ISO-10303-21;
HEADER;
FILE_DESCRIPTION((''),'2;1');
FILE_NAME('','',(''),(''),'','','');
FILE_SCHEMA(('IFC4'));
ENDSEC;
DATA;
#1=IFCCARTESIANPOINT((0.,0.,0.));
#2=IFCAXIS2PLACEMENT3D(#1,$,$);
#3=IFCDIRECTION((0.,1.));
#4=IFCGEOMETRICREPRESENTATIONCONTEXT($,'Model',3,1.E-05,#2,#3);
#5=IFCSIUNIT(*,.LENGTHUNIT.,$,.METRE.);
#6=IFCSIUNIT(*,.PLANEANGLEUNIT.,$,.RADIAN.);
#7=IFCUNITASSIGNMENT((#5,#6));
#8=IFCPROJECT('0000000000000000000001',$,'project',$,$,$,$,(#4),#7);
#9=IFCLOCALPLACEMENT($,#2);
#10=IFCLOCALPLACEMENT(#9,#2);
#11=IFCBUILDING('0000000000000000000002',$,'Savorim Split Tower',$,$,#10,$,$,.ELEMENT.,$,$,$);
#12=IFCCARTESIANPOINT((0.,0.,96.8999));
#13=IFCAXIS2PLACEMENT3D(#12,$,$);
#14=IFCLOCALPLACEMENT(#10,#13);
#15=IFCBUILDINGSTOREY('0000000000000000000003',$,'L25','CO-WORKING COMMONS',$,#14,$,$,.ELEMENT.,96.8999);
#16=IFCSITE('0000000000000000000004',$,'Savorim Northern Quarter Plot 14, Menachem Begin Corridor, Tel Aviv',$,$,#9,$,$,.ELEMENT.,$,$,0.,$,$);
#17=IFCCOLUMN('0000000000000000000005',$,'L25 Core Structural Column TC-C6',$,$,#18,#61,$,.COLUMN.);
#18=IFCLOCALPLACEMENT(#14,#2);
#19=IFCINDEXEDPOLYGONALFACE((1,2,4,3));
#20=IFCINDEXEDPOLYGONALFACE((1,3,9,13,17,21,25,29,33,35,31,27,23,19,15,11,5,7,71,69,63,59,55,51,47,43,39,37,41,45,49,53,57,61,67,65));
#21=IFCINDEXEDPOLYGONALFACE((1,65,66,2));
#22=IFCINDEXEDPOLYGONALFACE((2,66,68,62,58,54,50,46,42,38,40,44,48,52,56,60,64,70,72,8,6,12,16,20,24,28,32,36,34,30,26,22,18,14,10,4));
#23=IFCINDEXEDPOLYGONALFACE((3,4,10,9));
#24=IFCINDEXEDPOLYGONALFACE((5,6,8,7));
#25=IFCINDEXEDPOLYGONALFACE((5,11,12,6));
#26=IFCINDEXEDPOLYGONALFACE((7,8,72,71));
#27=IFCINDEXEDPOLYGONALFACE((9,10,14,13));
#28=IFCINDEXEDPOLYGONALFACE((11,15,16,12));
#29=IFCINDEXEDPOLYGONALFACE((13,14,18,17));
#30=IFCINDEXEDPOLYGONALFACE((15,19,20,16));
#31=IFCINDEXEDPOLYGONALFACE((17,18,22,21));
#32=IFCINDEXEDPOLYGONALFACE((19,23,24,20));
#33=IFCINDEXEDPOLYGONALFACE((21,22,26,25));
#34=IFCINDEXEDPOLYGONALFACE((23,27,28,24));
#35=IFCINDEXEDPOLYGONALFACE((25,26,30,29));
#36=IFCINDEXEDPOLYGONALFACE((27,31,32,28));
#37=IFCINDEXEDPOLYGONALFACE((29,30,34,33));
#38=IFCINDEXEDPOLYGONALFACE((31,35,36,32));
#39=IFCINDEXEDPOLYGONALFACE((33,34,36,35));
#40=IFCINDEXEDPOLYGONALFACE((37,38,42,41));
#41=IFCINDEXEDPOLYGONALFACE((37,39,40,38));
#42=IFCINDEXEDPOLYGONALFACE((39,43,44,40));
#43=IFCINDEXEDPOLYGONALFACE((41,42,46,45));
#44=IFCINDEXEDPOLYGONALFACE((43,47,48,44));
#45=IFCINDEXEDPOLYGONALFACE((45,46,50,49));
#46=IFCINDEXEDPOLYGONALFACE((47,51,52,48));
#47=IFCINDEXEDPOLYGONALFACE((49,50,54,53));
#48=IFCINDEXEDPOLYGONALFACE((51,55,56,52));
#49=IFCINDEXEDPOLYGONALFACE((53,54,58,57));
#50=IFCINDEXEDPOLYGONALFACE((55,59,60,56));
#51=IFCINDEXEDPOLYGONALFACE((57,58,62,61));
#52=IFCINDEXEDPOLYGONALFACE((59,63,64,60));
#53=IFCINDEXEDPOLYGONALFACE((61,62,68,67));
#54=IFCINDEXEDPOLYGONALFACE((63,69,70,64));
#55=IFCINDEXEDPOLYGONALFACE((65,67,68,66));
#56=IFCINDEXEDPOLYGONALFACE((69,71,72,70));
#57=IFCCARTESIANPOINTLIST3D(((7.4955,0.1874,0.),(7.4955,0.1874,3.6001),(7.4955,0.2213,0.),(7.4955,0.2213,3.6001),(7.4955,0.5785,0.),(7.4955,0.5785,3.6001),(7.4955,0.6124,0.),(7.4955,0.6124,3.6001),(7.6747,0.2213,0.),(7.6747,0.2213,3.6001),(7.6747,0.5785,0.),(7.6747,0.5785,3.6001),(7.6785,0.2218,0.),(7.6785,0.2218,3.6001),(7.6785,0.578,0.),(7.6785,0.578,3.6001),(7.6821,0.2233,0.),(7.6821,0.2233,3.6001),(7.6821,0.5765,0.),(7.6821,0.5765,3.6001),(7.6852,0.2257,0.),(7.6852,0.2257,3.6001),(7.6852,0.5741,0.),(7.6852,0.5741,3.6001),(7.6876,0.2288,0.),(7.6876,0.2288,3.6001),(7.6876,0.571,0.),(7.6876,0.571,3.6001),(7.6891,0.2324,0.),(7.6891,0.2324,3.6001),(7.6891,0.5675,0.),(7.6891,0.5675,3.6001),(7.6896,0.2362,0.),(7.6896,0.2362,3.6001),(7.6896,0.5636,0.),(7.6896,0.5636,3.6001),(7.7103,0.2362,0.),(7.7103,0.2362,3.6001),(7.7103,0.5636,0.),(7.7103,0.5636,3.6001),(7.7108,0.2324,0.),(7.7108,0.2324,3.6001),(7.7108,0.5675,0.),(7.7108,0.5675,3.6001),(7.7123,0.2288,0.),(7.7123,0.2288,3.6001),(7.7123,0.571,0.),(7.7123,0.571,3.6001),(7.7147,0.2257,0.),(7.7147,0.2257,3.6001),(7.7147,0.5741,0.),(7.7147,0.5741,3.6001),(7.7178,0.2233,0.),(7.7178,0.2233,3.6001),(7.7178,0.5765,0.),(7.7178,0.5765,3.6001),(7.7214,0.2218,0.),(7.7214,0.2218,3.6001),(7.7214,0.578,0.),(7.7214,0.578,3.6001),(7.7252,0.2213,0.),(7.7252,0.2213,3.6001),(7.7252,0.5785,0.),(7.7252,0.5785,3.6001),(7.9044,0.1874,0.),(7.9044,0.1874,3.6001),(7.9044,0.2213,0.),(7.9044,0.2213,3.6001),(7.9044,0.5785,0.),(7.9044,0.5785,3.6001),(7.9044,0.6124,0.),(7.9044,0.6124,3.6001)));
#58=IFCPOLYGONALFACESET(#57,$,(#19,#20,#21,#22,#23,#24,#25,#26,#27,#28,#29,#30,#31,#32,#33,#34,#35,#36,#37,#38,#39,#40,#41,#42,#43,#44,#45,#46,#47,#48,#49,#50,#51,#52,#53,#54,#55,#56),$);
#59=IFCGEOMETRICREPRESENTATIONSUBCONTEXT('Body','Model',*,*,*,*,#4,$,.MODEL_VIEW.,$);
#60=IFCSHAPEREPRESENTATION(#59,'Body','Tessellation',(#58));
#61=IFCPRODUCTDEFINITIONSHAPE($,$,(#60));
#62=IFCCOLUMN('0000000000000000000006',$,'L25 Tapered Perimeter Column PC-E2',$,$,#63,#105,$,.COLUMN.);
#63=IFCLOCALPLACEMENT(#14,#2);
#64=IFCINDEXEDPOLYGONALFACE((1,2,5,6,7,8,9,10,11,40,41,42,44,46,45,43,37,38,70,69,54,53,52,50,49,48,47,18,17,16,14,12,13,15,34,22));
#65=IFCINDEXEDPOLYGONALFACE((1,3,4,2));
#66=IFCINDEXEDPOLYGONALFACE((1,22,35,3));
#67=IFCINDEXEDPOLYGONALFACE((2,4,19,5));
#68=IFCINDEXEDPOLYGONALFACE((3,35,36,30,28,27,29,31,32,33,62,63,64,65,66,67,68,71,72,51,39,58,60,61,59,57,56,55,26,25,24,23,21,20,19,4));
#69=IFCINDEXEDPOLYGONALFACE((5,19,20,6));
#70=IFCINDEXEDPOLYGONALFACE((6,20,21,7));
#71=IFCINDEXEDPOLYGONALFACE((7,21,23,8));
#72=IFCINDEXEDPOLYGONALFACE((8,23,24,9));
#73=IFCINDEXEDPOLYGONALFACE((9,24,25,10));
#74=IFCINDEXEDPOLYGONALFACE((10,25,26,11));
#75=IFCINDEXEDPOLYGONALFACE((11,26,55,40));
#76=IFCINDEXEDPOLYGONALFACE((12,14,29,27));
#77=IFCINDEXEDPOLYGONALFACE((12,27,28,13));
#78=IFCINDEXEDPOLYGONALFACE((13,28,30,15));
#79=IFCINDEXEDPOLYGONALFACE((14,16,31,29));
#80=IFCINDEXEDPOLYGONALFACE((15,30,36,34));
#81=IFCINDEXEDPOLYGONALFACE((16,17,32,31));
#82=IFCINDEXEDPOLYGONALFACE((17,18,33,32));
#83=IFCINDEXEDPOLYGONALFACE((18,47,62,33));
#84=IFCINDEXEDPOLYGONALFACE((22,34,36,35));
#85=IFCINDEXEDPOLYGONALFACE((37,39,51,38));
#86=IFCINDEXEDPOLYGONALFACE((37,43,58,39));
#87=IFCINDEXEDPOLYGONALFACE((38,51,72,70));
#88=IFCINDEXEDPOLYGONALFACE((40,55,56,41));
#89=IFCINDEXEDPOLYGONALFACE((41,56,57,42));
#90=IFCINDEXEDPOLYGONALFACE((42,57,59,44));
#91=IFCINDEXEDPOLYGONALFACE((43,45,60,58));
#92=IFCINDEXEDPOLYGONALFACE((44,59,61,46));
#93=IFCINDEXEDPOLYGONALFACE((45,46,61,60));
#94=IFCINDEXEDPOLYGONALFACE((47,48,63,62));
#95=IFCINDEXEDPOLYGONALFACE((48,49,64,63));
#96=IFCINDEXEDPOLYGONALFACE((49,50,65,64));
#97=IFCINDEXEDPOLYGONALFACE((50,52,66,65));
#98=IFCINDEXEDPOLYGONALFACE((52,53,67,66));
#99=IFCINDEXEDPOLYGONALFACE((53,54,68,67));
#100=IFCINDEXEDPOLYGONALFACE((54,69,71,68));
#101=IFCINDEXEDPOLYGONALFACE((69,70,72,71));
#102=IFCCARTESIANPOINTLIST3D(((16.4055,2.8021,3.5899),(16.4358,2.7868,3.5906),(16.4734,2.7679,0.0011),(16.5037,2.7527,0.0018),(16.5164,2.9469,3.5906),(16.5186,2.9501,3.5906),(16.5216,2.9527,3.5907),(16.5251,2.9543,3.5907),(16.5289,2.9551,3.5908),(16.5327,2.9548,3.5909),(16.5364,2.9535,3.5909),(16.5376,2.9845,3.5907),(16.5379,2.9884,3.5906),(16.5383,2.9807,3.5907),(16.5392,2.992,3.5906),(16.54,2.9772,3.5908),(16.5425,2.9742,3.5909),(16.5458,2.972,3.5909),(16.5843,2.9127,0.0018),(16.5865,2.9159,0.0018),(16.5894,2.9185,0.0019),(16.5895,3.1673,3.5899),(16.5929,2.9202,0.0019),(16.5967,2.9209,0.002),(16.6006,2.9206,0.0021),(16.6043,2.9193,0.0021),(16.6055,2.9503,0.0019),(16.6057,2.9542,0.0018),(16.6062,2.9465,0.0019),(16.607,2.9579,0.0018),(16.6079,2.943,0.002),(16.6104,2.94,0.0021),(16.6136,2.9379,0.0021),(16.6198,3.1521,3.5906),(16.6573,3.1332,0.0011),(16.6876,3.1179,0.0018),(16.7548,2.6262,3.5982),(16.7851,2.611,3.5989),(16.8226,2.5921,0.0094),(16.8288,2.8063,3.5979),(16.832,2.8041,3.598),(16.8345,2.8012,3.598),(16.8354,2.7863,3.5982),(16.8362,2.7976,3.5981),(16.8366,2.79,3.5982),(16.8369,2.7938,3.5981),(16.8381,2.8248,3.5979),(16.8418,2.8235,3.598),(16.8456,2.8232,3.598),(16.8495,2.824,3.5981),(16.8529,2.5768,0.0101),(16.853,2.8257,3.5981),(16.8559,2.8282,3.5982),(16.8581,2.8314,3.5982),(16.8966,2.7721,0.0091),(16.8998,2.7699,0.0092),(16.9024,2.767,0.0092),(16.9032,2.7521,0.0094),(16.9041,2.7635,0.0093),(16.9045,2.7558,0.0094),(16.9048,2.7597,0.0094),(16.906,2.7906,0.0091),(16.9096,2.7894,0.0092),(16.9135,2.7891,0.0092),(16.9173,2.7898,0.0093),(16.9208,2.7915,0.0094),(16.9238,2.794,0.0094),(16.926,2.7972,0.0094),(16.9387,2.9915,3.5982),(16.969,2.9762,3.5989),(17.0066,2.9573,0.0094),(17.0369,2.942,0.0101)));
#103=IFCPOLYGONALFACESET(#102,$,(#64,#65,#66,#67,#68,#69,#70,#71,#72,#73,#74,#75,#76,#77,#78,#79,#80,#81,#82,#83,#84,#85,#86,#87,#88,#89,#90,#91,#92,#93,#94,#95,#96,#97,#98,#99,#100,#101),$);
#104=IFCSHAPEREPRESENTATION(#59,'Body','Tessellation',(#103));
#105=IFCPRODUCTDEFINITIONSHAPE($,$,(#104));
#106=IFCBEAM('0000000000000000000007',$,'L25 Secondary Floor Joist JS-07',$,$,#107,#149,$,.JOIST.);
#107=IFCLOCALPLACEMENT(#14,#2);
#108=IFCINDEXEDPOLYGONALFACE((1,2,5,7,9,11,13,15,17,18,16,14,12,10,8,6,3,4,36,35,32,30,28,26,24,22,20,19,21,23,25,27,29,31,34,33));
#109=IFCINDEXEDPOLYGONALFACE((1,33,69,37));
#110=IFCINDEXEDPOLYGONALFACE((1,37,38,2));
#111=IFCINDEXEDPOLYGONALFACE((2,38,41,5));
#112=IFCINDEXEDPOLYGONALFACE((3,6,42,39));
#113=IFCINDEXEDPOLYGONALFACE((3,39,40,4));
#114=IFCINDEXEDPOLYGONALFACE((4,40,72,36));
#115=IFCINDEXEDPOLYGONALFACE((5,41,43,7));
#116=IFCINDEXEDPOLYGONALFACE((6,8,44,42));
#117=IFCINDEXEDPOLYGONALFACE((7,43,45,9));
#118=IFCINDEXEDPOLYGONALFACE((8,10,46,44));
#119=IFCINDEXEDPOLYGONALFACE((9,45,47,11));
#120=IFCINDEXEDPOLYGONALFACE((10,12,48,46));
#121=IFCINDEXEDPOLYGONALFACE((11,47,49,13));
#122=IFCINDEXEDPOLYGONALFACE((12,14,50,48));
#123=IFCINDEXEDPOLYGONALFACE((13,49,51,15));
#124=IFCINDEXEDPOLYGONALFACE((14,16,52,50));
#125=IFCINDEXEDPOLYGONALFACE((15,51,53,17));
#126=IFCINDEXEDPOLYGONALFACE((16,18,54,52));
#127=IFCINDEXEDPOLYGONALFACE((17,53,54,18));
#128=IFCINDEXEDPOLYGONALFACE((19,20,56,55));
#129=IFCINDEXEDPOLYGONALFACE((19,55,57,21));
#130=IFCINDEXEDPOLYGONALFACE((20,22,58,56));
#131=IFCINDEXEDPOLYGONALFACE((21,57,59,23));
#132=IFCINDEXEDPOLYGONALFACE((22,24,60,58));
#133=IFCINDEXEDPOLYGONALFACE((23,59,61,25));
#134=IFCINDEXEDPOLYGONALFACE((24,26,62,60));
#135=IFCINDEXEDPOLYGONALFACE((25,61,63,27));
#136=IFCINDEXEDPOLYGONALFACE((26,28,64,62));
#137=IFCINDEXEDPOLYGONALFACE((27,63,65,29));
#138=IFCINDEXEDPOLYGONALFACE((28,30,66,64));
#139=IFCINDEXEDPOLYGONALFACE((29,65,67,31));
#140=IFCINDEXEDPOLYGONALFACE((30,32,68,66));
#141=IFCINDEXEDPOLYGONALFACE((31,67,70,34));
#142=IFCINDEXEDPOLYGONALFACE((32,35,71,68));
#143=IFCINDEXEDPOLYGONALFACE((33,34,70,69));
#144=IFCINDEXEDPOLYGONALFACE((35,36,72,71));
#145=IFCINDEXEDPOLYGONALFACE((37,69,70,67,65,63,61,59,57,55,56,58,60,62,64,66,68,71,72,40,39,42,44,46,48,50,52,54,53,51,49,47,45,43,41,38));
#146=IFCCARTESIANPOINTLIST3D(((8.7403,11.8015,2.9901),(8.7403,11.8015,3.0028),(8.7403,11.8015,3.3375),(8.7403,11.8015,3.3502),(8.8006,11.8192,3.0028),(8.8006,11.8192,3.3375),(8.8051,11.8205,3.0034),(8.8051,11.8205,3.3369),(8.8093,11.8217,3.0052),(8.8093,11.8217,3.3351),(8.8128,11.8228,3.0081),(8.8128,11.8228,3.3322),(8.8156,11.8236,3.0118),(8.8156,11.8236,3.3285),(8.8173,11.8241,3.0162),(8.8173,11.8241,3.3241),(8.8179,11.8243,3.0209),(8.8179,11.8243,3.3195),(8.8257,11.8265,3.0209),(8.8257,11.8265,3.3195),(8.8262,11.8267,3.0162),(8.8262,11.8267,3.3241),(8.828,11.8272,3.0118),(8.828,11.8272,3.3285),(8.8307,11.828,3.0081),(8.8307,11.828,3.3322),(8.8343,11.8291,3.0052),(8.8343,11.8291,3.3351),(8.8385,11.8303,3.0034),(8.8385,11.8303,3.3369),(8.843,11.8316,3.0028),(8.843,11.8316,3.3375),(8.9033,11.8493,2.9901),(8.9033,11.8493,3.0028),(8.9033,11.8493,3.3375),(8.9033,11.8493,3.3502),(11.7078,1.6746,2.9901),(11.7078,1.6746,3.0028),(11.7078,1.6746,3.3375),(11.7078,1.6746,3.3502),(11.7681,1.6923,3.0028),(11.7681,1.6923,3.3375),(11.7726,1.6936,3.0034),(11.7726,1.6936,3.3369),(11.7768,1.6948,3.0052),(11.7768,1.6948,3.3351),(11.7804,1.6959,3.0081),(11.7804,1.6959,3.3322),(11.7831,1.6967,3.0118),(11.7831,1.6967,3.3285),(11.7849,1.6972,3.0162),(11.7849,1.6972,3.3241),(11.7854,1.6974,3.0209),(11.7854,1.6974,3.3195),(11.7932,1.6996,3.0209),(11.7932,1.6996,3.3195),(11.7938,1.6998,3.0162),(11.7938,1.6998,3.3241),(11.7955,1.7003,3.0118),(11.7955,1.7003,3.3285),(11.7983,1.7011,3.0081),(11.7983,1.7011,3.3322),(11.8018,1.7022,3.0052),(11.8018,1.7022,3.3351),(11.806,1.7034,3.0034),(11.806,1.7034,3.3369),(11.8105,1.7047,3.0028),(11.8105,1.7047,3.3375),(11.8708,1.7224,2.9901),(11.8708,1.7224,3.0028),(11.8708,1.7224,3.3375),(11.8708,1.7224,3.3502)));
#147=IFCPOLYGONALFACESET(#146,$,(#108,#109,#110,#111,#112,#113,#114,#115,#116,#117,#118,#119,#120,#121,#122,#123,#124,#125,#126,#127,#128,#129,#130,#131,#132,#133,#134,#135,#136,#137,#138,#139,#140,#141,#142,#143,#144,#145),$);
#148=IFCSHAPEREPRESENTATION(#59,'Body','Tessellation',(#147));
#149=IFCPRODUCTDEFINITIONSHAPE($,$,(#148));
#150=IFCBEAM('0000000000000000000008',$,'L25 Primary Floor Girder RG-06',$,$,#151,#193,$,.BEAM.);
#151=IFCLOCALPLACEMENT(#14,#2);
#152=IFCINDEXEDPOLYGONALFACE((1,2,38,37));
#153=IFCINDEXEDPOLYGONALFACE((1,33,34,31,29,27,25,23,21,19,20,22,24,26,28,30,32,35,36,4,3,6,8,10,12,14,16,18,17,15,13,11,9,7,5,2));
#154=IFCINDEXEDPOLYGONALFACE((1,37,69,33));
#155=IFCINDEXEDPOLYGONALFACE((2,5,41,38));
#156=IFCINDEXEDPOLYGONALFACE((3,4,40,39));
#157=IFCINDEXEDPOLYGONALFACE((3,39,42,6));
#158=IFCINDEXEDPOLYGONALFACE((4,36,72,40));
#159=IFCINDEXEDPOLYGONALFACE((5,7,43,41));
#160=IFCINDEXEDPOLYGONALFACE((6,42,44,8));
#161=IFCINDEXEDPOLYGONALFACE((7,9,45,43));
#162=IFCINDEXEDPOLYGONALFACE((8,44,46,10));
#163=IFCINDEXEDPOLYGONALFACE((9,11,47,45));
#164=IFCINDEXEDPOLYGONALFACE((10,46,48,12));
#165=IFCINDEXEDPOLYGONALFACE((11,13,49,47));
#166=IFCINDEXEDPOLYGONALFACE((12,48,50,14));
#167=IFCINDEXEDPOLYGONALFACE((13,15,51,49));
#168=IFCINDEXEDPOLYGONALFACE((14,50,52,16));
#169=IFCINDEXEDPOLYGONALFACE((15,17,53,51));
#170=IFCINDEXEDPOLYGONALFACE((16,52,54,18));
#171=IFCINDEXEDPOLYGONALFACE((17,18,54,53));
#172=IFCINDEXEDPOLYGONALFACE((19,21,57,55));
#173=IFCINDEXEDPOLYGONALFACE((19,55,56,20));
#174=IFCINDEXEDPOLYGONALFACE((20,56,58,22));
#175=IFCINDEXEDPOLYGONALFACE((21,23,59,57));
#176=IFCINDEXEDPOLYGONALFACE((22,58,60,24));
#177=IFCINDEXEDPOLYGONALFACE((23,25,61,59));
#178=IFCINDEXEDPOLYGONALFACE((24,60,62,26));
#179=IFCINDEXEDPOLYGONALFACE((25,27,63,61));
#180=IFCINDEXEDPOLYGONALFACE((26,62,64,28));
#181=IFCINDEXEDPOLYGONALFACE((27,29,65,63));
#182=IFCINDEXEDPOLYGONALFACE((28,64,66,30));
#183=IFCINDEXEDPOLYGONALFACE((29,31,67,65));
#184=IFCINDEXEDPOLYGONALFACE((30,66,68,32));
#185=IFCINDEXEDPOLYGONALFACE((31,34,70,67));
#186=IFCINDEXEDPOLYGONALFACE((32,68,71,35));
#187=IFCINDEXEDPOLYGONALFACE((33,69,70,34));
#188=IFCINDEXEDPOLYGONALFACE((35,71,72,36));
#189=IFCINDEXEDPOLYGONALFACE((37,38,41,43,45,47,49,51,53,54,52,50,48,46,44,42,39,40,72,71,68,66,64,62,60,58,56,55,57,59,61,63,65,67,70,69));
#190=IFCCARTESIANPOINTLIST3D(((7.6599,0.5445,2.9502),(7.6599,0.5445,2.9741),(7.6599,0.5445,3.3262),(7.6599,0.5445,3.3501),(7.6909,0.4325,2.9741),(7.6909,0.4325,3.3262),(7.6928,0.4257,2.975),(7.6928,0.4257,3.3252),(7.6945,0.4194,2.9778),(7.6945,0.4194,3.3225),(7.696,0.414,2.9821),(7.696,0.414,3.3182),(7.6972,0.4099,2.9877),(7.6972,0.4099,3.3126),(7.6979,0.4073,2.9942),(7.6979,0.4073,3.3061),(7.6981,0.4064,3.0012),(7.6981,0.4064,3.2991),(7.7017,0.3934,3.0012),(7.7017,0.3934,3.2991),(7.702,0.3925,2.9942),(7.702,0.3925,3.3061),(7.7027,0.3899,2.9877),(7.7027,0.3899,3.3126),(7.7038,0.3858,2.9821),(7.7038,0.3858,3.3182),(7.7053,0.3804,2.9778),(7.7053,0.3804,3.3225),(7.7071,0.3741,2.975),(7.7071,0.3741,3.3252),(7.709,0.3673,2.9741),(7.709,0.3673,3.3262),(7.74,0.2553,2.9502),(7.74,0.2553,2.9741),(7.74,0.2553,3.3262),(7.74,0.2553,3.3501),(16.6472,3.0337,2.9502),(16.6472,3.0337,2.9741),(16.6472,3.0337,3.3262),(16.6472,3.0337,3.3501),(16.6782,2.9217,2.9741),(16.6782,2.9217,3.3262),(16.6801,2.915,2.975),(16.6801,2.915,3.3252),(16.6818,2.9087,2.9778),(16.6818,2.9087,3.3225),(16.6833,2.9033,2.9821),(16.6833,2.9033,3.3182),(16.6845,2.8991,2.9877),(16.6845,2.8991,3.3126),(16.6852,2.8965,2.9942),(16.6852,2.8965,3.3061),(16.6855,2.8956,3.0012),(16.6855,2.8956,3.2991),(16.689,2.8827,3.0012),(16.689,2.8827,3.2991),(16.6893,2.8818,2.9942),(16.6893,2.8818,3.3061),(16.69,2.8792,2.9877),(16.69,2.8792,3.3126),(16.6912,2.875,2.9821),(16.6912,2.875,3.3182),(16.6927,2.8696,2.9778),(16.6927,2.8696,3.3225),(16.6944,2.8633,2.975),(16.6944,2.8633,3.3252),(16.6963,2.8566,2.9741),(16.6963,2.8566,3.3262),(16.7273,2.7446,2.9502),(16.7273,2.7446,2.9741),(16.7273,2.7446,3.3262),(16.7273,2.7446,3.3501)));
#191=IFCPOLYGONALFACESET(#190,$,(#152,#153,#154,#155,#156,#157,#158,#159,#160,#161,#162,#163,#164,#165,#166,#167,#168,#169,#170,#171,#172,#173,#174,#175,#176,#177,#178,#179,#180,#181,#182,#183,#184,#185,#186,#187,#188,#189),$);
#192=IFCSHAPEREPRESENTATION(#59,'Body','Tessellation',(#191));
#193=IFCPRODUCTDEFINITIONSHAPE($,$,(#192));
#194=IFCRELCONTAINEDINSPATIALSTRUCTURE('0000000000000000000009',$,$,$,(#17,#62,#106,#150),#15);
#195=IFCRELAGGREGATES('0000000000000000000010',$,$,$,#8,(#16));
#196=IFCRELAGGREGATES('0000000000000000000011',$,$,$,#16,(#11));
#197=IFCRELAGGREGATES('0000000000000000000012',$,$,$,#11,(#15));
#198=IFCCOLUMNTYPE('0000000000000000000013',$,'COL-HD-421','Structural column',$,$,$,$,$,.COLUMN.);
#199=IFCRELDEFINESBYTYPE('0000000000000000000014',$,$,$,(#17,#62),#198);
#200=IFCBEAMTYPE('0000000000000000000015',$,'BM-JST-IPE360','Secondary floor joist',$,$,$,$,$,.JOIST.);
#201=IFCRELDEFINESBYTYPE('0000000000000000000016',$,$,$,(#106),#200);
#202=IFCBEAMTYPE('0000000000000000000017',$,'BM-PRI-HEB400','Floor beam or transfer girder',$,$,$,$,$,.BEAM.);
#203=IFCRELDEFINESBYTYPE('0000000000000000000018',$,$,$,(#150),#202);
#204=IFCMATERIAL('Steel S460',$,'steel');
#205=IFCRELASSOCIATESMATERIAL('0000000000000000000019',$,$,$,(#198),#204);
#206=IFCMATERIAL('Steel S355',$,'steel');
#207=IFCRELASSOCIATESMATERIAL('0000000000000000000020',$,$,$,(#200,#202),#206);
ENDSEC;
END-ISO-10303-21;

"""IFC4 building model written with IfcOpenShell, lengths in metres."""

from ifc_helpers import new_model, si_unit, direction, frame, origin, origin_2d, place, context, subcontext, project, spatial, i_section, extrude, material, material_profile, profile_set, type_object, element, save


model = new_model("IFC4")

# Units and contexts
model_context = context("Model", 3, precision=1e-05, world=origin(), true_north=direction((0.0, 1.0)))
body_context = subcontext(model_context, "Body", "Model", "MODEL_VIEW")
ifc_project = project(units=[si_unit("LENGTHUNIT", "METRE"), si_unit("PLANEANGLEUNIT", "RADIAN")], contexts=[model_context])

# Site, building, storey
site_placement = place(None, origin())
site = spatial("IfcSite", under=ifc_project, at=site_placement, Name="Savorim Northern Quarter Plot 14, Menachem Begin Corridor, Tel Aviv", CompositionType="ELEMENT", RefElevation=0.0)
building_placement = place(site_placement, origin())
building = spatial("IfcBuilding", under=site, at=building_placement, Name="Savorim Split Tower", CompositionType="ELEMENT")
storey_placement = place(building_placement, frame((0.0, 0.0, 96.8999)))
storey = spatial("IfcBuildingStorey", under=building, at=storey_placement, Name="L25", Description="CO-WORKING COMMONS", CompositionType="ELEMENT", Elevation=96.8999)

# Columns
ifc_material_1 = material(Name="Steel S460", Category="steel")
ifc_material_profile_1 = material_profile(ifc_material_1, i_section(OverallWidth=0.4089, OverallDepth=0.425, WebThickness=0.0208, FlangeThickness=0.0339, FilletRadius=0.0149, at=origin_2d()), Name="HD 400x421")
ifc_profile_set_1 = profile_set([ifc_material_profile_1], Name="Steel S460")
column_type = type_object("IfcColumnType", Name="COL-HD-421", Description="Structural column", PredefinedType="COLUMN", material=ifc_profile_set_1)
column_1_placement = place(storey_placement, frame((7.7, 0.3999, 0.0), z_axis=(0.0, 0.0, 1.0), x_axis=(1.0, 0.0, 0.0)))
element("IfcColumn", 1, at=column_1_placement, inside=storey, type_object=column_type, Name="L25 Core Structural Column TC-C6", PredefinedType="COLUMN", context=body_context, shape_type="SweptSolid", body=[
    extrude(i_section(OverallWidth=0.4089, OverallDepth=0.425, WebThickness=0.0208, FlangeThickness=0.0339, FilletRadius=0.0149, at=origin_2d()), origin(), (0.0, 0.0, 1.0), 3.6001),
])
column_2_placement = place(storey_placement, frame((16.7551, 2.855, 0.0056), z_axis=(-0.018907, 0.009522, 0.999776), x_axis=(-0.449782, -0.893138, 0.0)))
element("IfcColumn", 2, at=column_2_placement, inside=storey, type_object=column_type, Name="L25 Tapered Perimeter Column PC-E2", PredefinedType="COLUMN", context=body_context, shape_type="SweptSolid", body=[
    extrude(i_section(OverallWidth=0.4089, OverallDepth=0.425, WebThickness=0.0208, FlangeThickness=0.0339, FilletRadius=0.0149, at=origin_2d()), origin(), (0.0, 0.0, 1.0), 3.5896),
])

# Beams
ifc_material_2 = material(Name="Steel S355", Category="steel")
ifc_material_profile_2 = material_profile(ifc_material_2, i_section(OverallWidth=0.1699, OverallDepth=0.3601, WebThickness=0.0081, FlangeThickness=0.0127, FilletRadius=0.0181, at=origin_2d()), Name="IPE 360")
ifc_profile_set_2 = profile_set([ifc_material_profile_2], Name="Steel S355")
beam_type_1 = type_object("IfcBeamType", Name="BM-JST-IPE360", Description="Secondary floor joist", PredefinedType="JOIST", material=ifc_profile_set_2)
beam_1_placement = place(storey_placement, frame((11.7893, 1.6985, 3.1702), z_axis=(-0.281208, 0.959647, 0.0), x_axis=(-0.959647, -0.281208, 0.0)))
element("IfcBeam", 3, at=beam_1_placement, inside=storey, type_object=beam_type_1, Name="L25 Secondary Floor Joist JS-07", PredefinedType="JOIST", context=body_context, shape_type="SweptSolid", body=[
    extrude(i_section(OverallWidth=0.1699, OverallDepth=0.3601, WebThickness=0.0081, FlangeThickness=0.0127, FilletRadius=0.0181, at=origin_2d()), origin(), (0.0, 0.0, 1.0), 10.5527),
])
ifc_material_profile_3 = material_profile(ifc_material_2, i_section(OverallWidth=0.3, OverallDepth=0.3999, WebThickness=0.0134, FlangeThickness=0.0239, FilletRadius=0.0271, at=origin_2d()), Name="HEB 400")
ifc_profile_set_3 = profile_set([ifc_material_profile_3], Name="Steel S355")
beam_type_2 = type_object("IfcBeamType", Name="BM-PRI-HEB400", Description="Floor beam or transfer girder", PredefinedType="BEAM", material=ifc_profile_set_3)
beam_2_placement = place(storey_placement, frame((16.6873, 2.8892, 3.1501), z_axis=(-0.963717, -0.266925, 0.0), x_axis=(0.266925, -0.963717, 0.0)))
element("IfcBeam", 4, at=beam_2_placement, inside=storey, type_object=beam_type_2, Name="L25 Primary Floor Girder RG-06", PredefinedType="BEAM", context=body_context, shape_type="SweptSolid", body=[
    extrude(i_section(OverallWidth=0.3, OverallDepth=0.3999, WebThickness=0.0134, FlangeThickness=0.0239, FilletRadius=0.0271, at=origin_2d()), origin(), (0.0, 0.0, 1.0), 9.3257),
])

save(model, "model.ifc")
